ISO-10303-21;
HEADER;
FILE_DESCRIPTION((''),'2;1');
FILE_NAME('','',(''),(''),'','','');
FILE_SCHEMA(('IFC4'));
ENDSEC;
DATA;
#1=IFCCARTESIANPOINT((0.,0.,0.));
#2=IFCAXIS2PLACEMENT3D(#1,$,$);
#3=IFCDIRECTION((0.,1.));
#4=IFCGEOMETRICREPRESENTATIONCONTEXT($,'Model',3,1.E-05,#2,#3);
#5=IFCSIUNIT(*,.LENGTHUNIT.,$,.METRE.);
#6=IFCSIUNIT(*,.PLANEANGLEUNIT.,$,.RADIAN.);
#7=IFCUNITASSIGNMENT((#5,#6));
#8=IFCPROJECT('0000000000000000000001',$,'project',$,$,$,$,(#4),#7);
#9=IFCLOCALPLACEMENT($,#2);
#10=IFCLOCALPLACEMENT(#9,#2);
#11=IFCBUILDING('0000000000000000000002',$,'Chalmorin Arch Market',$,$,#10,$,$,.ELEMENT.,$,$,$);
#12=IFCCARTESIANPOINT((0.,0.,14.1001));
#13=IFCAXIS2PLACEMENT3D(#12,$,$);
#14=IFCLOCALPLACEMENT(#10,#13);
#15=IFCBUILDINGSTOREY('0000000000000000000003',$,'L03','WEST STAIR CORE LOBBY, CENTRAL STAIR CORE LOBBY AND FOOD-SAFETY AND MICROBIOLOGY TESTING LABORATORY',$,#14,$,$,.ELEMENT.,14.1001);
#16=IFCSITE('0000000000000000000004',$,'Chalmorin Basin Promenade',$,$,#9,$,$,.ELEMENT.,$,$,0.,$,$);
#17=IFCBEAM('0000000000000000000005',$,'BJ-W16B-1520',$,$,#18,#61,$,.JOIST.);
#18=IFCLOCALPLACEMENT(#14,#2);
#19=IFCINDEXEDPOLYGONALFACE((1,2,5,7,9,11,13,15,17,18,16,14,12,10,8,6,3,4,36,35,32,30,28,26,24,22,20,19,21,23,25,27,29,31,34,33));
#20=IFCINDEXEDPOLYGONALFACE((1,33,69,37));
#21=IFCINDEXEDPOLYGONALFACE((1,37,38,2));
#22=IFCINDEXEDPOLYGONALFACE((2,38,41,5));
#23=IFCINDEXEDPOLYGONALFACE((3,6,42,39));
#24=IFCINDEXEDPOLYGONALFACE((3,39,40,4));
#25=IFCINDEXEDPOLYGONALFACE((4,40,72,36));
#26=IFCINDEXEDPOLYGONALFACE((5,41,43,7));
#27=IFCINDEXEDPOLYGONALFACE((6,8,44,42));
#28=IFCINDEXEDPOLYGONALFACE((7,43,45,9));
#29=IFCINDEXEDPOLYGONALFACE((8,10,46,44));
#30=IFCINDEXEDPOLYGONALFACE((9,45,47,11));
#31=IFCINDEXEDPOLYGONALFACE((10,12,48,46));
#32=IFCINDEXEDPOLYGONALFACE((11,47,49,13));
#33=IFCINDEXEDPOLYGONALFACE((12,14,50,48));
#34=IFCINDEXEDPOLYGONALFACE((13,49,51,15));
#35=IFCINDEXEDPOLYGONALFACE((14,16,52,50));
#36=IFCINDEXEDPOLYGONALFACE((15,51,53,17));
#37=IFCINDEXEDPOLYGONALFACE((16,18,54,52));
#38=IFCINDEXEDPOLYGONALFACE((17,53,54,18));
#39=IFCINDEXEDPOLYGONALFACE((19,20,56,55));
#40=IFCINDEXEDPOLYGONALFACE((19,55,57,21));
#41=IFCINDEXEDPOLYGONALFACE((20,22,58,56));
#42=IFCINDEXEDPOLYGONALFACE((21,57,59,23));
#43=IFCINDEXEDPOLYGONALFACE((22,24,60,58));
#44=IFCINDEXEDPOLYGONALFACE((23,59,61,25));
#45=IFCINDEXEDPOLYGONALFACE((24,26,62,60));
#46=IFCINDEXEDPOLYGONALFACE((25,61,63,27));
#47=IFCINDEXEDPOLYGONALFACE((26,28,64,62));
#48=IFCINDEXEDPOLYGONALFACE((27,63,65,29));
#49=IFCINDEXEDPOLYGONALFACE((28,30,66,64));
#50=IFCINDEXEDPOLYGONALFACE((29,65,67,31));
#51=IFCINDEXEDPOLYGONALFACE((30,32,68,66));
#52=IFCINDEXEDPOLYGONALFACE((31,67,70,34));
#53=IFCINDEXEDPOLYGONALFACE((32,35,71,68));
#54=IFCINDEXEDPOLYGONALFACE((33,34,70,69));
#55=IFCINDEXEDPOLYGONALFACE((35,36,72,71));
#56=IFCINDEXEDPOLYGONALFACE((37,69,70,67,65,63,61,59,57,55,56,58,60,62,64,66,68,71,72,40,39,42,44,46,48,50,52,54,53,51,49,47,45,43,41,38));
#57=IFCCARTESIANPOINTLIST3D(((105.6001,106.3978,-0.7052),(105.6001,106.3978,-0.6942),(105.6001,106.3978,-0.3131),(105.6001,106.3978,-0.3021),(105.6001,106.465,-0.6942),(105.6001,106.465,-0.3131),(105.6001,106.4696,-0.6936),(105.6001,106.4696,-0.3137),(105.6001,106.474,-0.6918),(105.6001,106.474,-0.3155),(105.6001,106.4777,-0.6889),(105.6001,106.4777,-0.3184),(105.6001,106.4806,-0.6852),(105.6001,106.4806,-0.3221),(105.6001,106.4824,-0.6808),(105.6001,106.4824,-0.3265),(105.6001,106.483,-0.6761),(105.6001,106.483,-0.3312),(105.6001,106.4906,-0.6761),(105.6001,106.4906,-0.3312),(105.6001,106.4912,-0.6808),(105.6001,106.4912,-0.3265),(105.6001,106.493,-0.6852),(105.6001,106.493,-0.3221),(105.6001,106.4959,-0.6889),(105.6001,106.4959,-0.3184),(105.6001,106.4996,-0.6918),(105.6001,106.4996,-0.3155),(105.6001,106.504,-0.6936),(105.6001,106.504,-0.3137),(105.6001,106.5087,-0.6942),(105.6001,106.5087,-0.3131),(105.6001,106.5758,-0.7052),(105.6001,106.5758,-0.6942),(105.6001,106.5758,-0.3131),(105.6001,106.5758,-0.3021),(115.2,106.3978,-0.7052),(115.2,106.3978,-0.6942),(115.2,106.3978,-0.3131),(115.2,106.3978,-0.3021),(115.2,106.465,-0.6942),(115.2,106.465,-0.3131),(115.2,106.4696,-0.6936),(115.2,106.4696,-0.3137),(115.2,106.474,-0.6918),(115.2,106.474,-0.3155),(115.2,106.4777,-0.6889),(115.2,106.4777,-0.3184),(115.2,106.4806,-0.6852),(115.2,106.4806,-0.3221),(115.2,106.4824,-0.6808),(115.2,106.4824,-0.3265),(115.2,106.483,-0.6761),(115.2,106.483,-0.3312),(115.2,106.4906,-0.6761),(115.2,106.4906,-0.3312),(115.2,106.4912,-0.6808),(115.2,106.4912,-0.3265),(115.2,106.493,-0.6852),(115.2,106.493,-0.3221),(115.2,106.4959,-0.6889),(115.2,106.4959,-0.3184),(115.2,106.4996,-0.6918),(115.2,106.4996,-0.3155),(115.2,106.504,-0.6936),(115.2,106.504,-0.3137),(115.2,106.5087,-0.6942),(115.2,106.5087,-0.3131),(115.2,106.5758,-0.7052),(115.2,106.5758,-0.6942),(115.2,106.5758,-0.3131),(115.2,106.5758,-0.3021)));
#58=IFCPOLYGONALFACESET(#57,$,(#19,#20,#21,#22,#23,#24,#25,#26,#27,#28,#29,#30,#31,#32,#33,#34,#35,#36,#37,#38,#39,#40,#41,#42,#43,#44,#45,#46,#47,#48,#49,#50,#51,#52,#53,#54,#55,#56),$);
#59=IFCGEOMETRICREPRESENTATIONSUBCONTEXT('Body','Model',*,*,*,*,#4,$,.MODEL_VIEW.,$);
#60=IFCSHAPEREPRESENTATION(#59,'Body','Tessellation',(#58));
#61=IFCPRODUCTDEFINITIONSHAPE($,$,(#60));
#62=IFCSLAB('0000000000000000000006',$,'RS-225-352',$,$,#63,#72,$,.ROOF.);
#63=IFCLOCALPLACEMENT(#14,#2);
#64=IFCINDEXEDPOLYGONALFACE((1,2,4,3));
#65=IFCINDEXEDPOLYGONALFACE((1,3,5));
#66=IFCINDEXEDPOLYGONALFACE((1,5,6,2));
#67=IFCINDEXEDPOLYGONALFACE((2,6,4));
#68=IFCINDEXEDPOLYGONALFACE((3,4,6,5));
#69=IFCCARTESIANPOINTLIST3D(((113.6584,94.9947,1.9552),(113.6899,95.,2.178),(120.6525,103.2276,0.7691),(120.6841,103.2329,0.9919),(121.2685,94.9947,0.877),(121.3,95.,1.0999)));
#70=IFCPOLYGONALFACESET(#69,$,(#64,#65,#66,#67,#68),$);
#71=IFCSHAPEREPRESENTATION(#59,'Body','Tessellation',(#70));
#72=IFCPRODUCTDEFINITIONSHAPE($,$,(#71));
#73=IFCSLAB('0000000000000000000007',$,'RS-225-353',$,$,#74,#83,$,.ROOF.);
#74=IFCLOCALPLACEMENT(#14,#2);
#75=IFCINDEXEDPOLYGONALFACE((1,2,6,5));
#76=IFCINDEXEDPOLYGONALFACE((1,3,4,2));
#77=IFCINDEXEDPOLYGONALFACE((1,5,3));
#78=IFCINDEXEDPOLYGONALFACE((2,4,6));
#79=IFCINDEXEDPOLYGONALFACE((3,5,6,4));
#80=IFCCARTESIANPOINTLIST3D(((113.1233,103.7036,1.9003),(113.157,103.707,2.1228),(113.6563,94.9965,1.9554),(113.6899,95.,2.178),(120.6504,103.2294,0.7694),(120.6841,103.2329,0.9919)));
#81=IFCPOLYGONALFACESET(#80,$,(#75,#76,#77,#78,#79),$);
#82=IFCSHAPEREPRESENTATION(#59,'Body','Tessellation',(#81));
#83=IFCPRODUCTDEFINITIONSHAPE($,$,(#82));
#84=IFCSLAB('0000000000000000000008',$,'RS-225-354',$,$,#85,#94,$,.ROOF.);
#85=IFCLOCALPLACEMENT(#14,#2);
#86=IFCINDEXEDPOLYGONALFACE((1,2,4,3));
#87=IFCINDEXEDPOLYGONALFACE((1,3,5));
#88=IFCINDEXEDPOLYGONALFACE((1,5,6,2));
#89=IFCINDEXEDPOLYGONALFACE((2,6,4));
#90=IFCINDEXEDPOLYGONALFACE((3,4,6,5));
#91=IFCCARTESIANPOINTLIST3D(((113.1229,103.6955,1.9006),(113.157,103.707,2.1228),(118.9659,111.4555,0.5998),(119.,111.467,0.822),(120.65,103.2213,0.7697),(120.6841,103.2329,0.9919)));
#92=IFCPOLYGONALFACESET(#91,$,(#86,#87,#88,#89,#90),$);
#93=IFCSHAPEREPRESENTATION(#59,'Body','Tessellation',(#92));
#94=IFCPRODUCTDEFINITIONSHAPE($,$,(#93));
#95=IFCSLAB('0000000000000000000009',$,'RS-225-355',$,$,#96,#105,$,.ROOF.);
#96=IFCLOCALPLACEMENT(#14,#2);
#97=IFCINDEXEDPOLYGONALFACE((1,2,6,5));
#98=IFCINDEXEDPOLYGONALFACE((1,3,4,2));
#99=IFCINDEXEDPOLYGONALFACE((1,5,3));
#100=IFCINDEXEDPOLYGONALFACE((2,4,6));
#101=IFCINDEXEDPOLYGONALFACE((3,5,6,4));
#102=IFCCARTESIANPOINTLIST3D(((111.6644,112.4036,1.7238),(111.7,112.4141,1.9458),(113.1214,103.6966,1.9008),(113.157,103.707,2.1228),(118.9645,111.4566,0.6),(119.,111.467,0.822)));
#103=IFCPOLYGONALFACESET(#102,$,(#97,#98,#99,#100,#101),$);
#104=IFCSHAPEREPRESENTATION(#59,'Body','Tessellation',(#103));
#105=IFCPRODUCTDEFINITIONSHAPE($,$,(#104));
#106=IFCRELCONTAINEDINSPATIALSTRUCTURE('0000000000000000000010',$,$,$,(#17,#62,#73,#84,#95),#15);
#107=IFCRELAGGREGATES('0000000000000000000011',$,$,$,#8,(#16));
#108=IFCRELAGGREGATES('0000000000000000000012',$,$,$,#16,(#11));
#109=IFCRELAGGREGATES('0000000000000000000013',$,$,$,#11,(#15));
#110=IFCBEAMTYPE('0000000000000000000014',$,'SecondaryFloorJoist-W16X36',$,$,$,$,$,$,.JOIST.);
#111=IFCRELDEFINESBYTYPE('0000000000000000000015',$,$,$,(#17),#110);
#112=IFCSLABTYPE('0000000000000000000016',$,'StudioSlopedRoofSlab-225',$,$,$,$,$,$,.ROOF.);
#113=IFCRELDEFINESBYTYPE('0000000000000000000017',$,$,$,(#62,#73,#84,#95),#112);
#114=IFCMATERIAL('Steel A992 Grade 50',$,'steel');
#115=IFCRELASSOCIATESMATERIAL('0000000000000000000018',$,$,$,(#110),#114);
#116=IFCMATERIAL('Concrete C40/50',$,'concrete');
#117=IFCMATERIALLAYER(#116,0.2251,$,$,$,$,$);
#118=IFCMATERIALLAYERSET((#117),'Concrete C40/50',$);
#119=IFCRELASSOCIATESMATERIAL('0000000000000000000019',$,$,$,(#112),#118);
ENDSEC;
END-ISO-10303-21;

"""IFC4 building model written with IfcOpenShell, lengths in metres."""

from ifc_helpers import new_model, si_unit, direction, frame, origin, origin_2d, place, context, subcontext, project, spatial, polyline, i_section, outline, extrude, material, layer, layer_set, material_profile, profile_set, type_object, element, save


model = new_model("IFC4")

# Units and contexts
model_context = context("Model", 3, precision=1e-05, world=origin(), true_north=direction((0.0, 1.0)))
body_context = subcontext(model_context, "Body", "Model", "MODEL_VIEW")
ifc_project = project(units=[si_unit("LENGTHUNIT", "METRE"), si_unit("PLANEANGLEUNIT", "RADIAN")], contexts=[model_context])

# Site, building, storey
site_placement = place(None, origin())
site = spatial("IfcSite", under=ifc_project, at=site_placement, Name="Chalmorin Basin Promenade", CompositionType="ELEMENT", RefElevation=0.0)
building_placement = place(site_placement, origin())
building = spatial("IfcBuilding", under=site, at=building_placement, Name="Chalmorin Arch Market", CompositionType="ELEMENT")
storey_placement = place(building_placement, frame((0.0, 0.0, 14.1001)))
storey = spatial("IfcBuildingStorey", under=building, at=storey_placement, Name="L03", Description="WEST STAIR CORE LOBBY, CENTRAL STAIR CORE LOBBY AND FOOD-SAFETY AND MICROBIOLOGY TESTING LABORATORY", CompositionType="ELEMENT", Elevation=14.1001)

# Shared definitions
ifc_material_1 = material(Name="Concrete C40/50", Category="concrete")

# Shared definitions
ifc_material_2 = material(Name="Steel A992 Grade 50", Category="steel")

# Beam
ifc_material_profile_1 = material_profile(ifc_material_2, i_section(OverallWidth=0.178, OverallDepth=0.4031, WebThickness=0.0076, FlangeThickness=0.011, FilletRadius=0.0181, at=origin_2d()), Name="W16X36")
ifc_profile_set_1 = profile_set([ifc_material_profile_1], Name="Steel A992 Grade 50")
beam_type_1 = type_object("IfcBeamType", Name="SecondaryFloorJoist-W16X36", PredefinedType="JOIST", material=ifc_profile_set_1)
for number, where, z_axis, x_axis, name in (
    (1, (105.6001, 106.4868, -0.5037), (1.0, 0.0, 0.0), (0.0, 1.0, 0.0), "BJ-W16B-1520"),
):
    element("IfcBeam", number, at=place(storey_placement, frame(where, z_axis=z_axis, x_axis=x_axis)), inside=storey, type_object=beam_type_1, Name=name, PredefinedType="JOIST", context=body_context, shape_type="SweptSolid", body=[
        extrude(i_section(OverallWidth=0.178, OverallDepth=0.4031, WebThickness=0.0076, FlangeThickness=0.011, FilletRadius=0.0181, at=origin_2d()), origin(), (0.0, 0.0, 1.0), 9.5999),
    ])

# Slabs
ifc_layer = layer(ifc_material_1, 0.2251)
ifc_layer_set = layer_set([ifc_layer], Name="Concrete C40/50")
slab_type = type_object("IfcSlabType", Name="StudioSlopedRoofSlab-225", PredefinedType="ROOF", material=ifc_layer_set)
slab_1_placement = place(storey_placement, frame((113.6899, 95.0, 2.178), z_axis=(0.140231, 0.023466, 0.989841), x_axis=(0.990113, 0.0, -0.14027)))
element("IfcSlab", 2, at=slab_1_placement, inside=storey, type_object=slab_type, Name="RS-225-352", PredefinedType="ROOF", context=body_context, shape_type="SweptSolid", body=[
    extrude(outline(polyline([(0.0, 0.0), (7.6861, 0.0), (7.0914, 8.2352), (0.0, 0.0)])), origin(), (0.0, 0.0, -1.0), 0.2251),
])
slab_2_placement = place(storey_placement, frame((113.6899, 95.0, 2.178), z_axis=(0.149503, 0.015416, 0.988641), x_axis=(0.643575, 0.757562, -0.109135)))
element("IfcSlab", 3, at=slab_2_placement, inside=storey, type_object=slab_type, Name="RS-225-353", PredefinedType="ROOF", context=body_context, shape_type="SweptSolid", body=[
    extrude(outline(polyline([(0.0, 0.0), (10.8676, 0.0), (6.2591, 6.0764), (0.0, 0.0)])), origin(), (0.0, 0.0, -1.0), 0.2251),
])
slab_3_placement = place(storey_placement, frame((113.157, 103.707, 2.1228), z_axis=(0.151538, 0.051364, 0.987116), x_axis=(0.986989, -0.062169, -0.148284)))
element("IfcSlab", 4, at=slab_3_placement, inside=storey, type_object=slab_type, Name="RS-225-354", PredefinedType="ROOF", context=body_context, shape_type="SweptSolid", body=[
    extrude(outline(polyline([(0.0, 0.0), (7.6263, 0.0), (5.4774, 8.127), (0.0, 0.0)])), origin(), (0.0, 0.0, -1.0), 0.2251),
])
slab_4_placement = place(storey_placement, frame((113.157, 103.707, 2.1228), z_axis=(0.157871, 0.04647, 0.986366), x_axis=(0.596193, 0.791794, -0.132725)))
element("IfcSlab", 5, at=slab_4_placement, inside=storey, type_object=slab_type, Name="RS-225-355", PredefinedType="ROOF", context=body_context, shape_type="SweptSolid", body=[
    extrude(outline(polyline([(0.0, 0.0), (9.8005, 0.0), (6.049, 6.4324), (0.0, 0.0)])), origin(), (0.0, 0.0, -1.0), 0.2251),
])

save(model, "model.ifc")
